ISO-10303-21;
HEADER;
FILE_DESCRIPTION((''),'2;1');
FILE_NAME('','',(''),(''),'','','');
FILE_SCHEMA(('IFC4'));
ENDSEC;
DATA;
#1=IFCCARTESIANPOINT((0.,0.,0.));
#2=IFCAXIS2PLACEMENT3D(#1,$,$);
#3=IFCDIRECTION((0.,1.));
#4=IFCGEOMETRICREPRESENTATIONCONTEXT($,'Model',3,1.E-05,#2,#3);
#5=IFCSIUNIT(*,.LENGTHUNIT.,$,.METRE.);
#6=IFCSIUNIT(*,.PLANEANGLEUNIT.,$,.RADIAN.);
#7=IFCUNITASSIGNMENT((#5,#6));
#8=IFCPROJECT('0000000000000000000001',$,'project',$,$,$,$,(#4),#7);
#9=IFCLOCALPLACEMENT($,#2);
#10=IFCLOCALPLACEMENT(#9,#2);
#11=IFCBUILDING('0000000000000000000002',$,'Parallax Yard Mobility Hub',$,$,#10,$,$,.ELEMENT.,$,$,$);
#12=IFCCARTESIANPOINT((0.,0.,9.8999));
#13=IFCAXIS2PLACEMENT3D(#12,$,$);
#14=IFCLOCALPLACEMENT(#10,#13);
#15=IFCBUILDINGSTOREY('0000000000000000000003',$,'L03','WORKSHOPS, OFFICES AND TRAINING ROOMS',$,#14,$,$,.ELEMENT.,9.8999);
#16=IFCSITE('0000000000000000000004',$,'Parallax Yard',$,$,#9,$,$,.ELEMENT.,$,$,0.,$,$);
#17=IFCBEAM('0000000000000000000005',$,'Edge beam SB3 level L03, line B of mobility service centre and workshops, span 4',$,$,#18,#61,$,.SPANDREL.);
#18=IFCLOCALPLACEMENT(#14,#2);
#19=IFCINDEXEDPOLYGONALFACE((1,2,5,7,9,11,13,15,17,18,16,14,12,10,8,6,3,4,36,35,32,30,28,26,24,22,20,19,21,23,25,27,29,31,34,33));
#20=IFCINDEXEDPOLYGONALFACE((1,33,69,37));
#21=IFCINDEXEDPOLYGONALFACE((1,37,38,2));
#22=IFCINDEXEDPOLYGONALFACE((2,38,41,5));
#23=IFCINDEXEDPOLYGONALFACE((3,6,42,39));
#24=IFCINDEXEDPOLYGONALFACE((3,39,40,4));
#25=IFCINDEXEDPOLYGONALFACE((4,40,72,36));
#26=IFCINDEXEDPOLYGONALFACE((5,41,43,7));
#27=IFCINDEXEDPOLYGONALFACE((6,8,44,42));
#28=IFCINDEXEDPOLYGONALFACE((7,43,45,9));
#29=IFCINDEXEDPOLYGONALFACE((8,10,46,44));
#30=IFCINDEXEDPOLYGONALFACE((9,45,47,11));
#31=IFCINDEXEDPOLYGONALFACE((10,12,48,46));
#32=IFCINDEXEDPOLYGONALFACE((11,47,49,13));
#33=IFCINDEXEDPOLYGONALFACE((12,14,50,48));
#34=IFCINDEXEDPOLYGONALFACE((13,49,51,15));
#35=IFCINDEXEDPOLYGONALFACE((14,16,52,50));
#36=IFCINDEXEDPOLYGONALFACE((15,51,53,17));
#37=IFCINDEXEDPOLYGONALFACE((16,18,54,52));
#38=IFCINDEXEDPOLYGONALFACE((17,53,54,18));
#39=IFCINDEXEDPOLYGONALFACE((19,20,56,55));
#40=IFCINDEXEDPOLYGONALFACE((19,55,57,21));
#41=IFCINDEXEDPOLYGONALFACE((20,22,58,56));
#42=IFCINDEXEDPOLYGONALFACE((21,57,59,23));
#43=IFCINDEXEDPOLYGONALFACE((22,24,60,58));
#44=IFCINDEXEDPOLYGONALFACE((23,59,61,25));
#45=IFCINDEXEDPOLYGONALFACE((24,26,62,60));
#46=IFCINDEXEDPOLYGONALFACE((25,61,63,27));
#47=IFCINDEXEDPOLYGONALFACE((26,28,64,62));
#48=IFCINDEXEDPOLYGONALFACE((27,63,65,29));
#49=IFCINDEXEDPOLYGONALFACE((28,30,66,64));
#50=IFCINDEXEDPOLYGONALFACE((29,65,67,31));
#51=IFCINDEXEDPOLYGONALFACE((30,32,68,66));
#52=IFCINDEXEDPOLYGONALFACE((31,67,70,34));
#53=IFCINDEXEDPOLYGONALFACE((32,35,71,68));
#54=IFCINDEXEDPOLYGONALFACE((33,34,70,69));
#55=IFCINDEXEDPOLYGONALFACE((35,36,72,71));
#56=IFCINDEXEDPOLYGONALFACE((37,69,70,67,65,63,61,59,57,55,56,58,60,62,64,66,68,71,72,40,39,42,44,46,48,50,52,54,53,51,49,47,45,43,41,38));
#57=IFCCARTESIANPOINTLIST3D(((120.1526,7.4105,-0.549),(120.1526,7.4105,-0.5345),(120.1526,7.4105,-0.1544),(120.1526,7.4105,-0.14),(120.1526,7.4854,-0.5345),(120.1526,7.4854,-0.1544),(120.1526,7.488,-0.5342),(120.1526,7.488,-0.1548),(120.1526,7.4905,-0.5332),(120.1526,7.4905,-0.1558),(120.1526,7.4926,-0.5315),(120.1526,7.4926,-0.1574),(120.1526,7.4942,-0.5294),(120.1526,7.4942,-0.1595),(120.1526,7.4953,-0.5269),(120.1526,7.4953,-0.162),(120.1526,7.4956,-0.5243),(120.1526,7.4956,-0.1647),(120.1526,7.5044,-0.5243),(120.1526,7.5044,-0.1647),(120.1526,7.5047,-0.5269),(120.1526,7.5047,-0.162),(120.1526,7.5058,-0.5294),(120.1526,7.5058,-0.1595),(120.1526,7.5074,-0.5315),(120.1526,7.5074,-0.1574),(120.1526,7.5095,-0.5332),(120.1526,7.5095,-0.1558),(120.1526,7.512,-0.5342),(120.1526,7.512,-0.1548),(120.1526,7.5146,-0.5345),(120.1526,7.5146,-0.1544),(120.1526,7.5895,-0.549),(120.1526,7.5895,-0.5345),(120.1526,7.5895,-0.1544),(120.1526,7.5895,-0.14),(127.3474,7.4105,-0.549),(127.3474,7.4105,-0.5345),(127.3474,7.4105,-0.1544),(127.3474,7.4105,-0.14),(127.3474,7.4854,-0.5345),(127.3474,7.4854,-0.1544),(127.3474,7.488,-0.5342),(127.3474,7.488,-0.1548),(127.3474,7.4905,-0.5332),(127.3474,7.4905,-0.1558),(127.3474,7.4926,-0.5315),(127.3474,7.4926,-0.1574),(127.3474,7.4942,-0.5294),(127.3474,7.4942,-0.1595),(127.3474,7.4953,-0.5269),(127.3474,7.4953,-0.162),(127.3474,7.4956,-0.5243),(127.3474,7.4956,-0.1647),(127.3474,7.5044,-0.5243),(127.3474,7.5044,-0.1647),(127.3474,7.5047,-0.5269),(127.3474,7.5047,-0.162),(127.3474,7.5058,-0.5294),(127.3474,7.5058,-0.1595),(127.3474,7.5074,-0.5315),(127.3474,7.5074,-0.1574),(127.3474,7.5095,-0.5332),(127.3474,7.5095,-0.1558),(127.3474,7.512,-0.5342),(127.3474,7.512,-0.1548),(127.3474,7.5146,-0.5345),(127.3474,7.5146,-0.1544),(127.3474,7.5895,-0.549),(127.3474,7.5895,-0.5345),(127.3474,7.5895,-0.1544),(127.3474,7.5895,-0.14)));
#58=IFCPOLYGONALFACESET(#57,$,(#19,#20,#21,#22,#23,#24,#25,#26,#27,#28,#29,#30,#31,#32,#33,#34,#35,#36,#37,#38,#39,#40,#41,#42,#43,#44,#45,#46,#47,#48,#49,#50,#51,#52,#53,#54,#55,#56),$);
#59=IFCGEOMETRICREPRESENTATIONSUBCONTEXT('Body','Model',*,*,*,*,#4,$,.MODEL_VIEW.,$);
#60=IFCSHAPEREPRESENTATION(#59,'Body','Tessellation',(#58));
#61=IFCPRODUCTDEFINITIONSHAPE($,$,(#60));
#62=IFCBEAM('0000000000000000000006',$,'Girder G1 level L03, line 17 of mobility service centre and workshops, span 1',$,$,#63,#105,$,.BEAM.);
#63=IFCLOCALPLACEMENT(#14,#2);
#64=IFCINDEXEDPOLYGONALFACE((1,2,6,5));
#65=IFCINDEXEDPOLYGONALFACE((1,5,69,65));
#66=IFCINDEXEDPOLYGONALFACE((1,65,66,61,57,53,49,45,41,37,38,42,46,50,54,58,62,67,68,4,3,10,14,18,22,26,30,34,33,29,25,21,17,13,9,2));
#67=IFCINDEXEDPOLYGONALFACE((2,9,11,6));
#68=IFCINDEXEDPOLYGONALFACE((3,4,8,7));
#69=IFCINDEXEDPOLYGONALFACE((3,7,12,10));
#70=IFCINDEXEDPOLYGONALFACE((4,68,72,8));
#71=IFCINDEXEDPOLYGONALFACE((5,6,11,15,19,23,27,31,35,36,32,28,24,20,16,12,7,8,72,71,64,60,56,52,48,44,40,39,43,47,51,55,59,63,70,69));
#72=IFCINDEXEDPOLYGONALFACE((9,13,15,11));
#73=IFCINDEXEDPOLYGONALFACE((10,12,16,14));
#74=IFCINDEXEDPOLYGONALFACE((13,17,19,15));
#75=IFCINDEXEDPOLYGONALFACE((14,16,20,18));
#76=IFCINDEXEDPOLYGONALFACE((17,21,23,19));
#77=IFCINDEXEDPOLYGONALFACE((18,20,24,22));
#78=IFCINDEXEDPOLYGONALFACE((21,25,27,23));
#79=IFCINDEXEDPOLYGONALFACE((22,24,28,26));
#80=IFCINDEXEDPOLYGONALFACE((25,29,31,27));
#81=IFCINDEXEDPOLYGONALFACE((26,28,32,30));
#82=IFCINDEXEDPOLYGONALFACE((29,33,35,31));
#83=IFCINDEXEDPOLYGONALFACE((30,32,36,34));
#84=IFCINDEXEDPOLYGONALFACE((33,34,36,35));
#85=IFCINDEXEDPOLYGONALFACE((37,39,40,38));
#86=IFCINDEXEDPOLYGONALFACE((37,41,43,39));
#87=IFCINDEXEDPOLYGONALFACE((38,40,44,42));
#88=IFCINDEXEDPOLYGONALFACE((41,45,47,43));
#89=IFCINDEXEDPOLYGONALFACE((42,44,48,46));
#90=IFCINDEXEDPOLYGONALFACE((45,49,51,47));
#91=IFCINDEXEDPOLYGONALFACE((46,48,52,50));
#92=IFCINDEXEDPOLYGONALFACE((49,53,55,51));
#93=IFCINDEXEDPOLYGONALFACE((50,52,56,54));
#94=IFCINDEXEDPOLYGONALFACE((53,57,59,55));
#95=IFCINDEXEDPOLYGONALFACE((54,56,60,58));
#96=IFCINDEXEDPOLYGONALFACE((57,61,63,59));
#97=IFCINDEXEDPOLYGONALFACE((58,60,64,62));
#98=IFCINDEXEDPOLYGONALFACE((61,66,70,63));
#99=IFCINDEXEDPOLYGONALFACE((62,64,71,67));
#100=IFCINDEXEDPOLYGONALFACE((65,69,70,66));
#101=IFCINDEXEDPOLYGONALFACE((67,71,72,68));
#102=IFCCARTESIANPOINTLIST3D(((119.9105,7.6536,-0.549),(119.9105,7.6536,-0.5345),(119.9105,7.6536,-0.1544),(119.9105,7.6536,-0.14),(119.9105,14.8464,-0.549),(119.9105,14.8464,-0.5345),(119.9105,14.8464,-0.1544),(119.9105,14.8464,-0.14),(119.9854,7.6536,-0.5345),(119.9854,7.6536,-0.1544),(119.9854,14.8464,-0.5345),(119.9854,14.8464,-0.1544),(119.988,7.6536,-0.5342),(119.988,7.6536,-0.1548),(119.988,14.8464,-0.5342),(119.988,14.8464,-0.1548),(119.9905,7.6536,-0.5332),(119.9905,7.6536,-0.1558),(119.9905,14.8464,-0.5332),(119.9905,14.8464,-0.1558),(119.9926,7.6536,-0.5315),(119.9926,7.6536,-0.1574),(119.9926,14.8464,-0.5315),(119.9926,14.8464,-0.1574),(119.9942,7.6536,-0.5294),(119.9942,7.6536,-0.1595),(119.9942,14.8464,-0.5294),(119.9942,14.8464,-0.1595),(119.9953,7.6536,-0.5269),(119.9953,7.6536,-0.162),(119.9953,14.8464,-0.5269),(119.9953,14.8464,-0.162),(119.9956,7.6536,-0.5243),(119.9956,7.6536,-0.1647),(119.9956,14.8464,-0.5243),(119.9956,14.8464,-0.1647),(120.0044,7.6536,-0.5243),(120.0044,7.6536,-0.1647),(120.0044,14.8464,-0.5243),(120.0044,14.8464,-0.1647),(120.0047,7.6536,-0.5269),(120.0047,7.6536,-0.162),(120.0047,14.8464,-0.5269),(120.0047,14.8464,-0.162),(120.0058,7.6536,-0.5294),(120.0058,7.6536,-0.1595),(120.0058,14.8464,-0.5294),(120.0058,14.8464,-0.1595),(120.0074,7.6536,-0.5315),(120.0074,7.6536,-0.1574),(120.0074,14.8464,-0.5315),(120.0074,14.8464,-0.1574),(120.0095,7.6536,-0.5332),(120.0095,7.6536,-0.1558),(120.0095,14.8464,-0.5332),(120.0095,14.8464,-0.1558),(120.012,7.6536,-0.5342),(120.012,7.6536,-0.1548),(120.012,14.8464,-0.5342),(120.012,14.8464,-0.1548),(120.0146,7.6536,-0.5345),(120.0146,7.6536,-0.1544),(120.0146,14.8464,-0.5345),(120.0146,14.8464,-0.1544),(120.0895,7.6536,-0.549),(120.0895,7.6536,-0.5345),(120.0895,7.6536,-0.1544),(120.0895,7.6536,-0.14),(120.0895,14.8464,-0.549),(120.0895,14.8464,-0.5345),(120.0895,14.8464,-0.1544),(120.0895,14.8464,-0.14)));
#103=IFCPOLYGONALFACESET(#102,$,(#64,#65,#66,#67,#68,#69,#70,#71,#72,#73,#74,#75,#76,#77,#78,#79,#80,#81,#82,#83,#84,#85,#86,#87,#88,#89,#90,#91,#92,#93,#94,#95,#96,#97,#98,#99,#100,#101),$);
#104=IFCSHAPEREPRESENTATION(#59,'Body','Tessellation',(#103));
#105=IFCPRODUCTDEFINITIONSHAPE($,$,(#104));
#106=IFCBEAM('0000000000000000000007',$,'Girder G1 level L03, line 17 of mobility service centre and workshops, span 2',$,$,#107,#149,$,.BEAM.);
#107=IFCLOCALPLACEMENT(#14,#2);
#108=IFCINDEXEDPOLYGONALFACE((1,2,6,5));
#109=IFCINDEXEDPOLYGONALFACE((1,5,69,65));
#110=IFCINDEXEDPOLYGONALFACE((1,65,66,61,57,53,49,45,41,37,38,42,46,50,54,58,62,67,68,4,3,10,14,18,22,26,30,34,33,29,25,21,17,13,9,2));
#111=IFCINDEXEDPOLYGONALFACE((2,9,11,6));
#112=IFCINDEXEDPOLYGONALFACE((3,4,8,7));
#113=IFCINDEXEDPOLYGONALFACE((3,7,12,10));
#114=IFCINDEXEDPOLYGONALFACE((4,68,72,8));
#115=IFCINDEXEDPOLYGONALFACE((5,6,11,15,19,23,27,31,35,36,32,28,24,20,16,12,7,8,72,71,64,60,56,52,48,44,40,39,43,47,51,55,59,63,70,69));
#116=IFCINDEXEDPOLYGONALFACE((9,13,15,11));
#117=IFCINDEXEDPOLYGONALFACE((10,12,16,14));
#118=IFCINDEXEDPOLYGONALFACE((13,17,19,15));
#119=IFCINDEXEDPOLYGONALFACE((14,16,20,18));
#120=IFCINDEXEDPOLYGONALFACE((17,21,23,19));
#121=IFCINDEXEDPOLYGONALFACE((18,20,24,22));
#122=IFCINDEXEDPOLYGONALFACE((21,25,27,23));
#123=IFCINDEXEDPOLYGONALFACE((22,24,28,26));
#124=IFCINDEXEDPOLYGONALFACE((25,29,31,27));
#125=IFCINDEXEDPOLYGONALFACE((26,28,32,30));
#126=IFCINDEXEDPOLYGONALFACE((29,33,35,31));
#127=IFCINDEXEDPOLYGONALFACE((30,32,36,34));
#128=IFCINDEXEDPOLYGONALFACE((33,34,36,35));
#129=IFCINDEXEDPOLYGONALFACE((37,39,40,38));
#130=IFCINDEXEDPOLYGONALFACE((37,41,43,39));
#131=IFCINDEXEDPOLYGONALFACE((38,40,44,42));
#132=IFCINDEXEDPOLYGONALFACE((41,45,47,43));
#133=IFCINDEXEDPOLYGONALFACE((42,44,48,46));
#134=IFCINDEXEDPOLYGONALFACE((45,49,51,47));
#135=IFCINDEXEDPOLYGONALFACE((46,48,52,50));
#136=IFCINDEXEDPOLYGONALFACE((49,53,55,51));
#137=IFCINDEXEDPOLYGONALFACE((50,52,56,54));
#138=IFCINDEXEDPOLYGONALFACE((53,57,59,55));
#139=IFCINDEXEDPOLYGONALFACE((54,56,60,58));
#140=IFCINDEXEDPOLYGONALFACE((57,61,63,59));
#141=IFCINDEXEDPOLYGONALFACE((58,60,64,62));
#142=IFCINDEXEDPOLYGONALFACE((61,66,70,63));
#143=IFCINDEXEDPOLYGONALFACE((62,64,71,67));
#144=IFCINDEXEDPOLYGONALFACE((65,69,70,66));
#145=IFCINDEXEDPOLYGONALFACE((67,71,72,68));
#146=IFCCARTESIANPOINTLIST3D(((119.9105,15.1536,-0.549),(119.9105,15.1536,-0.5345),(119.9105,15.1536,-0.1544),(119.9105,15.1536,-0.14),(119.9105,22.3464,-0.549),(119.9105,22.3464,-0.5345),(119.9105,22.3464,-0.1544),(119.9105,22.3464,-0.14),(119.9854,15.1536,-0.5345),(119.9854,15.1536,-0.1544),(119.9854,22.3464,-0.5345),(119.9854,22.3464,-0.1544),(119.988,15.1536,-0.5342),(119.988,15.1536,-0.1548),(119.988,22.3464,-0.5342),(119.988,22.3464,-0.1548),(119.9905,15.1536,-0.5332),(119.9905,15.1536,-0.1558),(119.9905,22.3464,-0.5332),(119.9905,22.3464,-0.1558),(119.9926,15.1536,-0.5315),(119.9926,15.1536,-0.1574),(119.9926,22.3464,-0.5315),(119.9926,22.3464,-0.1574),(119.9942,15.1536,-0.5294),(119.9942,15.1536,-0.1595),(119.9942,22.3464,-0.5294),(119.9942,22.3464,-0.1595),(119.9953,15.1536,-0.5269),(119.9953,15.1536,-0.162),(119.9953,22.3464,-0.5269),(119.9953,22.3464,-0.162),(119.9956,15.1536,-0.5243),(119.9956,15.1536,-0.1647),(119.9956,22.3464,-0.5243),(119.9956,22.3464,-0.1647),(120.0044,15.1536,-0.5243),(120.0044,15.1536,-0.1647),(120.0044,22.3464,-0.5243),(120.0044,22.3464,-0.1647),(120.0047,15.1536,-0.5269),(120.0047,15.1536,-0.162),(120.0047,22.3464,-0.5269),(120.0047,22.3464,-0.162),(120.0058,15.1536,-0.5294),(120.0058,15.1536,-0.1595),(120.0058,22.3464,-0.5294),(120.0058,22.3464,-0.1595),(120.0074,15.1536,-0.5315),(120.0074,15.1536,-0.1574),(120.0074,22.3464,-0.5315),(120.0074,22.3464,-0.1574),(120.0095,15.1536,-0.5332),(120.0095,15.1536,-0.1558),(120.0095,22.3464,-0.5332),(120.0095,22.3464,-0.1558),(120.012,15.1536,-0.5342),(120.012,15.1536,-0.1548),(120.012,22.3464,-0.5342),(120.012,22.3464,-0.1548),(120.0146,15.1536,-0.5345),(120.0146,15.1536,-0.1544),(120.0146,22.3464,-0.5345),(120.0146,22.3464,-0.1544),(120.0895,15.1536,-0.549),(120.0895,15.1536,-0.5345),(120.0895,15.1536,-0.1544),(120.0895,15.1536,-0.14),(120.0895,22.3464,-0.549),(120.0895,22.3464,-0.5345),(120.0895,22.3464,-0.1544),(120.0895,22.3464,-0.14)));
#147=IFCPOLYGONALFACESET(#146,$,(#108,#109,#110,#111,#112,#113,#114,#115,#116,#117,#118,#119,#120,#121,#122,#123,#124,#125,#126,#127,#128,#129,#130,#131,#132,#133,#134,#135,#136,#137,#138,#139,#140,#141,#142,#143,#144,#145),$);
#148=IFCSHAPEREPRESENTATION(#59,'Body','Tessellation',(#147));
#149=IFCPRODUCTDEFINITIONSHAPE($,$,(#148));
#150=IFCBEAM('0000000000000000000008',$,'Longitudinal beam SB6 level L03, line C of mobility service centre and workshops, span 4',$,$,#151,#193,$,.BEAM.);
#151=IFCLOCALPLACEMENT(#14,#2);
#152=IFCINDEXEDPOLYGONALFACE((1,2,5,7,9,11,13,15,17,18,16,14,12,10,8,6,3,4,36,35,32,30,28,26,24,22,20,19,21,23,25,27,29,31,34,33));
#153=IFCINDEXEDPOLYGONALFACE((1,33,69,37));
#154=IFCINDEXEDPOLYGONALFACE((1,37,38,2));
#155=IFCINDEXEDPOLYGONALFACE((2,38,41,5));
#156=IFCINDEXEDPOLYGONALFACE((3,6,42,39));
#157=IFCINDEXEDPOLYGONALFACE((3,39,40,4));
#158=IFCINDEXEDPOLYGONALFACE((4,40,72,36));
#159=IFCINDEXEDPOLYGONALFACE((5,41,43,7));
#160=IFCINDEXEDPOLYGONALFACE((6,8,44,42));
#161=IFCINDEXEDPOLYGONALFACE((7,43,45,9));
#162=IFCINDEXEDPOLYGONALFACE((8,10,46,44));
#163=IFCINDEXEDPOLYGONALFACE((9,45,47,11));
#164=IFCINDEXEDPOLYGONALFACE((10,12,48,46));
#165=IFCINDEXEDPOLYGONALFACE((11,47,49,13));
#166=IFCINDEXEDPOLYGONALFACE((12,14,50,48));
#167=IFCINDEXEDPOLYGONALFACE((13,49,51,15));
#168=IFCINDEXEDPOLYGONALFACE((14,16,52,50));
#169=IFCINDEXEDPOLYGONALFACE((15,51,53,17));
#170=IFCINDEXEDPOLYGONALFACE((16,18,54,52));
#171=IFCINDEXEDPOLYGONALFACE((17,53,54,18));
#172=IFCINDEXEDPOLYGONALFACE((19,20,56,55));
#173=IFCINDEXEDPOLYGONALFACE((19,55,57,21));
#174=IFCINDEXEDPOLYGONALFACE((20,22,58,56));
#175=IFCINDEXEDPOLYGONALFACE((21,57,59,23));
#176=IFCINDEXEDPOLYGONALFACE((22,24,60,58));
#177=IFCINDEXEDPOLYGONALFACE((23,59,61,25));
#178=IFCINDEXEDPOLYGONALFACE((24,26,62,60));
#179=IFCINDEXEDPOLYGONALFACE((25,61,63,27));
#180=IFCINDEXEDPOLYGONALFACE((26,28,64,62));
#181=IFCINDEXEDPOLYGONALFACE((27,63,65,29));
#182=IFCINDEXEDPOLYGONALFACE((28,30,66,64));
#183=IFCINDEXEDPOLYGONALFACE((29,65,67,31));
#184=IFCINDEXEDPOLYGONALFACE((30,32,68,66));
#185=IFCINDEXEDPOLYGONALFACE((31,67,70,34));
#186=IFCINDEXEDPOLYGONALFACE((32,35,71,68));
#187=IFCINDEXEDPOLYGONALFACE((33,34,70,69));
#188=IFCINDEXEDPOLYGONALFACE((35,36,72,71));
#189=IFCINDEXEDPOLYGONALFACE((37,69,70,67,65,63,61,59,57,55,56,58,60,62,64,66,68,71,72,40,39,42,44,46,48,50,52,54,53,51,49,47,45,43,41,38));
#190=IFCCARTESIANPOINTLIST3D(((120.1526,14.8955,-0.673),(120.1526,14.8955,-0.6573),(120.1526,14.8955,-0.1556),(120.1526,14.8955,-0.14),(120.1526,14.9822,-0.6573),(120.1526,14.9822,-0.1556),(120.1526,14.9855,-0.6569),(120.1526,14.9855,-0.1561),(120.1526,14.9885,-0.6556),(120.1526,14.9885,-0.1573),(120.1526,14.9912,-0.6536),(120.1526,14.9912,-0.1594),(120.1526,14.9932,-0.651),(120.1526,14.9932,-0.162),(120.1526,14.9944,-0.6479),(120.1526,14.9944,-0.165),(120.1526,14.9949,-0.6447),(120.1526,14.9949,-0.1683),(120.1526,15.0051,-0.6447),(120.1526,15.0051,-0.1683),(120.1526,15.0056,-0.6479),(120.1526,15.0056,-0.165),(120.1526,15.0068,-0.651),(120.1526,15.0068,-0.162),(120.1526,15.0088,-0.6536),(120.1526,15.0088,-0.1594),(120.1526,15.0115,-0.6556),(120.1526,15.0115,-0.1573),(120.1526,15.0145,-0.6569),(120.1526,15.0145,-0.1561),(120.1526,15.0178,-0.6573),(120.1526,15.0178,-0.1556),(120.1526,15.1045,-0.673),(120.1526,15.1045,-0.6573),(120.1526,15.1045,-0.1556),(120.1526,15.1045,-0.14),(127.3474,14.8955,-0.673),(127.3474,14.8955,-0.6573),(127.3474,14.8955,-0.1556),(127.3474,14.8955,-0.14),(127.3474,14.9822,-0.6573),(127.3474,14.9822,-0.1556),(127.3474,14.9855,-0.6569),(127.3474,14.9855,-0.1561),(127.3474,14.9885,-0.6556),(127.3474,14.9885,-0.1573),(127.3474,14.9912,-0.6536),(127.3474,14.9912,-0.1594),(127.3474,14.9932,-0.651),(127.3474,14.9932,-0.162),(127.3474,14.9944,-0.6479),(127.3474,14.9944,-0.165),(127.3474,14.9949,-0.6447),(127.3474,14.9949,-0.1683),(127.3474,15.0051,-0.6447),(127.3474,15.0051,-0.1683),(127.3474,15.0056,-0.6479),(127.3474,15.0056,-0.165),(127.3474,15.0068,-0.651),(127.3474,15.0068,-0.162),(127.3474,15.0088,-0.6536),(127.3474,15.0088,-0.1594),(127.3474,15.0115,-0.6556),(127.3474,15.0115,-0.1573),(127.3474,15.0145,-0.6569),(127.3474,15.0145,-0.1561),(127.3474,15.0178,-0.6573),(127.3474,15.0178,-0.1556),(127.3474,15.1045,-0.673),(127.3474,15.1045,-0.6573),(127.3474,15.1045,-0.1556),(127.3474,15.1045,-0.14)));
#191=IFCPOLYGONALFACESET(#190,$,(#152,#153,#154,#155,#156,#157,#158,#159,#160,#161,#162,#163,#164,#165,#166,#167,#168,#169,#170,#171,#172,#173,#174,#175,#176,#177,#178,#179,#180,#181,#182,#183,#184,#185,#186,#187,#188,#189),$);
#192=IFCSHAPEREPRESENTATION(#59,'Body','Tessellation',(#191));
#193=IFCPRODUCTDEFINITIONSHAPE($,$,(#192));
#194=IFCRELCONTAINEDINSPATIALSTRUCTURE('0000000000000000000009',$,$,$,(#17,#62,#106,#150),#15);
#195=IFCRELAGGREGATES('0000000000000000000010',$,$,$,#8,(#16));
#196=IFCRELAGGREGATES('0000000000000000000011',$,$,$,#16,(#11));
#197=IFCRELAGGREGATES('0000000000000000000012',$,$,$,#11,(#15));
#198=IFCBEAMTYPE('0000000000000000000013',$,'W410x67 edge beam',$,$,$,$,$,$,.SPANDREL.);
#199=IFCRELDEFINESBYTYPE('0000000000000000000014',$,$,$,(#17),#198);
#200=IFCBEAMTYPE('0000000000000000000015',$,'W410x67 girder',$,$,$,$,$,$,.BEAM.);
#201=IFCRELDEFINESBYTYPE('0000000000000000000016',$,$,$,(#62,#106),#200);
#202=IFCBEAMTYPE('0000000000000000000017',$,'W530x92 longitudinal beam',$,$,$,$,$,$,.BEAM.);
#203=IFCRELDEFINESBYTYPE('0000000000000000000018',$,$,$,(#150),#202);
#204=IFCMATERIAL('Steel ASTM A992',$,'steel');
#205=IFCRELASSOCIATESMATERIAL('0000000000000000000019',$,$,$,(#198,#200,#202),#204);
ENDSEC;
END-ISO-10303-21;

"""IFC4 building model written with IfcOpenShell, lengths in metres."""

from ifc_helpers import new_model, si_unit, direction, frame, origin, origin_2d, place, context, subcontext, project, spatial, i_section, extrude, material, material_profile, profile_set, type_object, element, save


model = new_model("IFC4")

# Units and contexts
model_context = context("Model", 3, precision=1e-05, world=origin(), true_north=direction((0.0, 1.0)))
body_context = subcontext(model_context, "Body", "Model", "MODEL_VIEW")
ifc_project = project(units=[si_unit("LENGTHUNIT", "METRE"), si_unit("PLANEANGLEUNIT", "RADIAN")], contexts=[model_context])

# Site, building, storey
site_placement = place(None, origin())
site = spatial("IfcSite", under=ifc_project, at=site_placement, Name="Parallax Yard", CompositionType="ELEMENT", RefElevation=0.0)
building_placement = place(site_placement, origin())
building = spatial("IfcBuilding", under=site, at=building_placement, Name="Parallax Yard Mobility Hub", CompositionType="ELEMENT")
storey_placement = place(building_placement, frame((0.0, 0.0, 9.8999)))
storey = spatial("IfcBuildingStorey", under=building, at=storey_placement, Name="L03", Description="WORKSHOPS, OFFICES AND TRAINING ROOMS", CompositionType="ELEMENT", Elevation=9.8999)

# Shared definitions
ifc_material_1 = material(Name="Steel ASTM A992", Category="steel")

# Beams
ifc_material_profile_1 = material_profile(ifc_material_1, i_section(OverallWidth=0.179, OverallDepth=0.4089, WebThickness=0.0088, FlangeThickness=0.0144, FilletRadius=0.0103, at=origin_2d()), Name="W410x67")
ifc_profile_set_1 = profile_set([ifc_material_profile_1], Name="Steel ASTM A992")
beam_type_1 = type_object("IfcBeamType", Name="W410x67 edge beam", PredefinedType="SPANDREL", material=ifc_profile_set_1)
beam_1_placement = place(storey_placement, frame((120.1526, 7.5, -0.3445), z_axis=(1.0, 0.0, 0.0), x_axis=(0.0, 1.0, 0.0)))
element("IfcBeam", 1, at=beam_1_placement, inside=storey, type_object=beam_type_1, Name="Edge beam SB3 level L03, line B of mobility service centre and workshops, span 4", PredefinedType="SPANDREL", context=body_context, shape_type="SweptSolid", body=[
    extrude(i_section(OverallWidth=0.179, OverallDepth=0.4089, WebThickness=0.0088, FlangeThickness=0.0144, FilletRadius=0.0103, at=origin_2d()), origin(), (0.0, 0.0, 1.0), 7.1948),
])
ifc_material_profile_2 = material_profile(ifc_material_1, i_section(OverallWidth=0.179, OverallDepth=0.4089, WebThickness=0.0088, FlangeThickness=0.0144, FilletRadius=0.0103, at=origin_2d()), Name="W410x67")
ifc_profile_set_2 = profile_set([ifc_material_profile_2], Name="Steel ASTM A992")
beam_type_2 = type_object("IfcBeamType", Name="W410x67 girder", PredefinedType="BEAM", material=ifc_profile_set_2)
for number, where, z_axis, x_axis, name in (
    (2, (120.0, 7.6536, -0.3445), (0.0, 1.0, 0.0), (-1.0, 0.0, 0.0), "Girder G1 level L03, line 17 of mobility service centre and workshops, span 1"),
    (3, (120.0, 15.1536, -0.3445), (0.0, 1.0, 0.0), (-1.0, 0.0, 0.0), "Girder G1 level L03, line 17 of mobility service centre and workshops, span 2"),
):
    element("IfcBeam", number, at=place(storey_placement, frame(where, z_axis=z_axis, x_axis=x_axis)), inside=storey, type_object=beam_type_2, Name=name, PredefinedType="BEAM", context=body_context, shape_type="SweptSolid", body=[
        extrude(i_section(OverallWidth=0.179, OverallDepth=0.4089, WebThickness=0.0088, FlangeThickness=0.0144, FilletRadius=0.0103, at=origin_2d()), origin(), (0.0, 0.0, 1.0), 7.1929),
    ])
ifc_material_profile_3 = material_profile(ifc_material_1, i_section(OverallWidth=0.209, OverallDepth=0.533, WebThickness=0.0103, FlangeThickness=0.0156, FilletRadius=0.0127, at=origin_2d()), Name="W530x92")
ifc_profile_set_3 = profile_set([ifc_material_profile_3], Name="Steel ASTM A992")
beam_type_3 = type_object("IfcBeamType", Name="W530x92 longitudinal beam", PredefinedType="BEAM", material=ifc_profile_set_3)
for number, where, z_axis, x_axis, name in (
    (4, (120.1526, 15.0, -0.4065), (1.0, 0.0, 0.0), (0.0, 1.0, 0.0), "Longitudinal beam SB6 level L03, line C of mobility service centre and workshops, span 4"),
):
    element("IfcBeam", number, at=place(storey_placement, frame(where, z_axis=z_axis, x_axis=x_axis)), inside=storey, type_object=beam_type_3, Name=name, PredefinedType="BEAM", context=body_context, shape_type="SweptSolid", body=[
        extrude(i_section(OverallWidth=0.209, OverallDepth=0.533, WebThickness=0.0103, FlangeThickness=0.0156, FilletRadius=0.0127, at=origin_2d()), origin(), (0.0, 0.0, 1.0), 7.1948),
    ])

save(model, "model.ifc")
